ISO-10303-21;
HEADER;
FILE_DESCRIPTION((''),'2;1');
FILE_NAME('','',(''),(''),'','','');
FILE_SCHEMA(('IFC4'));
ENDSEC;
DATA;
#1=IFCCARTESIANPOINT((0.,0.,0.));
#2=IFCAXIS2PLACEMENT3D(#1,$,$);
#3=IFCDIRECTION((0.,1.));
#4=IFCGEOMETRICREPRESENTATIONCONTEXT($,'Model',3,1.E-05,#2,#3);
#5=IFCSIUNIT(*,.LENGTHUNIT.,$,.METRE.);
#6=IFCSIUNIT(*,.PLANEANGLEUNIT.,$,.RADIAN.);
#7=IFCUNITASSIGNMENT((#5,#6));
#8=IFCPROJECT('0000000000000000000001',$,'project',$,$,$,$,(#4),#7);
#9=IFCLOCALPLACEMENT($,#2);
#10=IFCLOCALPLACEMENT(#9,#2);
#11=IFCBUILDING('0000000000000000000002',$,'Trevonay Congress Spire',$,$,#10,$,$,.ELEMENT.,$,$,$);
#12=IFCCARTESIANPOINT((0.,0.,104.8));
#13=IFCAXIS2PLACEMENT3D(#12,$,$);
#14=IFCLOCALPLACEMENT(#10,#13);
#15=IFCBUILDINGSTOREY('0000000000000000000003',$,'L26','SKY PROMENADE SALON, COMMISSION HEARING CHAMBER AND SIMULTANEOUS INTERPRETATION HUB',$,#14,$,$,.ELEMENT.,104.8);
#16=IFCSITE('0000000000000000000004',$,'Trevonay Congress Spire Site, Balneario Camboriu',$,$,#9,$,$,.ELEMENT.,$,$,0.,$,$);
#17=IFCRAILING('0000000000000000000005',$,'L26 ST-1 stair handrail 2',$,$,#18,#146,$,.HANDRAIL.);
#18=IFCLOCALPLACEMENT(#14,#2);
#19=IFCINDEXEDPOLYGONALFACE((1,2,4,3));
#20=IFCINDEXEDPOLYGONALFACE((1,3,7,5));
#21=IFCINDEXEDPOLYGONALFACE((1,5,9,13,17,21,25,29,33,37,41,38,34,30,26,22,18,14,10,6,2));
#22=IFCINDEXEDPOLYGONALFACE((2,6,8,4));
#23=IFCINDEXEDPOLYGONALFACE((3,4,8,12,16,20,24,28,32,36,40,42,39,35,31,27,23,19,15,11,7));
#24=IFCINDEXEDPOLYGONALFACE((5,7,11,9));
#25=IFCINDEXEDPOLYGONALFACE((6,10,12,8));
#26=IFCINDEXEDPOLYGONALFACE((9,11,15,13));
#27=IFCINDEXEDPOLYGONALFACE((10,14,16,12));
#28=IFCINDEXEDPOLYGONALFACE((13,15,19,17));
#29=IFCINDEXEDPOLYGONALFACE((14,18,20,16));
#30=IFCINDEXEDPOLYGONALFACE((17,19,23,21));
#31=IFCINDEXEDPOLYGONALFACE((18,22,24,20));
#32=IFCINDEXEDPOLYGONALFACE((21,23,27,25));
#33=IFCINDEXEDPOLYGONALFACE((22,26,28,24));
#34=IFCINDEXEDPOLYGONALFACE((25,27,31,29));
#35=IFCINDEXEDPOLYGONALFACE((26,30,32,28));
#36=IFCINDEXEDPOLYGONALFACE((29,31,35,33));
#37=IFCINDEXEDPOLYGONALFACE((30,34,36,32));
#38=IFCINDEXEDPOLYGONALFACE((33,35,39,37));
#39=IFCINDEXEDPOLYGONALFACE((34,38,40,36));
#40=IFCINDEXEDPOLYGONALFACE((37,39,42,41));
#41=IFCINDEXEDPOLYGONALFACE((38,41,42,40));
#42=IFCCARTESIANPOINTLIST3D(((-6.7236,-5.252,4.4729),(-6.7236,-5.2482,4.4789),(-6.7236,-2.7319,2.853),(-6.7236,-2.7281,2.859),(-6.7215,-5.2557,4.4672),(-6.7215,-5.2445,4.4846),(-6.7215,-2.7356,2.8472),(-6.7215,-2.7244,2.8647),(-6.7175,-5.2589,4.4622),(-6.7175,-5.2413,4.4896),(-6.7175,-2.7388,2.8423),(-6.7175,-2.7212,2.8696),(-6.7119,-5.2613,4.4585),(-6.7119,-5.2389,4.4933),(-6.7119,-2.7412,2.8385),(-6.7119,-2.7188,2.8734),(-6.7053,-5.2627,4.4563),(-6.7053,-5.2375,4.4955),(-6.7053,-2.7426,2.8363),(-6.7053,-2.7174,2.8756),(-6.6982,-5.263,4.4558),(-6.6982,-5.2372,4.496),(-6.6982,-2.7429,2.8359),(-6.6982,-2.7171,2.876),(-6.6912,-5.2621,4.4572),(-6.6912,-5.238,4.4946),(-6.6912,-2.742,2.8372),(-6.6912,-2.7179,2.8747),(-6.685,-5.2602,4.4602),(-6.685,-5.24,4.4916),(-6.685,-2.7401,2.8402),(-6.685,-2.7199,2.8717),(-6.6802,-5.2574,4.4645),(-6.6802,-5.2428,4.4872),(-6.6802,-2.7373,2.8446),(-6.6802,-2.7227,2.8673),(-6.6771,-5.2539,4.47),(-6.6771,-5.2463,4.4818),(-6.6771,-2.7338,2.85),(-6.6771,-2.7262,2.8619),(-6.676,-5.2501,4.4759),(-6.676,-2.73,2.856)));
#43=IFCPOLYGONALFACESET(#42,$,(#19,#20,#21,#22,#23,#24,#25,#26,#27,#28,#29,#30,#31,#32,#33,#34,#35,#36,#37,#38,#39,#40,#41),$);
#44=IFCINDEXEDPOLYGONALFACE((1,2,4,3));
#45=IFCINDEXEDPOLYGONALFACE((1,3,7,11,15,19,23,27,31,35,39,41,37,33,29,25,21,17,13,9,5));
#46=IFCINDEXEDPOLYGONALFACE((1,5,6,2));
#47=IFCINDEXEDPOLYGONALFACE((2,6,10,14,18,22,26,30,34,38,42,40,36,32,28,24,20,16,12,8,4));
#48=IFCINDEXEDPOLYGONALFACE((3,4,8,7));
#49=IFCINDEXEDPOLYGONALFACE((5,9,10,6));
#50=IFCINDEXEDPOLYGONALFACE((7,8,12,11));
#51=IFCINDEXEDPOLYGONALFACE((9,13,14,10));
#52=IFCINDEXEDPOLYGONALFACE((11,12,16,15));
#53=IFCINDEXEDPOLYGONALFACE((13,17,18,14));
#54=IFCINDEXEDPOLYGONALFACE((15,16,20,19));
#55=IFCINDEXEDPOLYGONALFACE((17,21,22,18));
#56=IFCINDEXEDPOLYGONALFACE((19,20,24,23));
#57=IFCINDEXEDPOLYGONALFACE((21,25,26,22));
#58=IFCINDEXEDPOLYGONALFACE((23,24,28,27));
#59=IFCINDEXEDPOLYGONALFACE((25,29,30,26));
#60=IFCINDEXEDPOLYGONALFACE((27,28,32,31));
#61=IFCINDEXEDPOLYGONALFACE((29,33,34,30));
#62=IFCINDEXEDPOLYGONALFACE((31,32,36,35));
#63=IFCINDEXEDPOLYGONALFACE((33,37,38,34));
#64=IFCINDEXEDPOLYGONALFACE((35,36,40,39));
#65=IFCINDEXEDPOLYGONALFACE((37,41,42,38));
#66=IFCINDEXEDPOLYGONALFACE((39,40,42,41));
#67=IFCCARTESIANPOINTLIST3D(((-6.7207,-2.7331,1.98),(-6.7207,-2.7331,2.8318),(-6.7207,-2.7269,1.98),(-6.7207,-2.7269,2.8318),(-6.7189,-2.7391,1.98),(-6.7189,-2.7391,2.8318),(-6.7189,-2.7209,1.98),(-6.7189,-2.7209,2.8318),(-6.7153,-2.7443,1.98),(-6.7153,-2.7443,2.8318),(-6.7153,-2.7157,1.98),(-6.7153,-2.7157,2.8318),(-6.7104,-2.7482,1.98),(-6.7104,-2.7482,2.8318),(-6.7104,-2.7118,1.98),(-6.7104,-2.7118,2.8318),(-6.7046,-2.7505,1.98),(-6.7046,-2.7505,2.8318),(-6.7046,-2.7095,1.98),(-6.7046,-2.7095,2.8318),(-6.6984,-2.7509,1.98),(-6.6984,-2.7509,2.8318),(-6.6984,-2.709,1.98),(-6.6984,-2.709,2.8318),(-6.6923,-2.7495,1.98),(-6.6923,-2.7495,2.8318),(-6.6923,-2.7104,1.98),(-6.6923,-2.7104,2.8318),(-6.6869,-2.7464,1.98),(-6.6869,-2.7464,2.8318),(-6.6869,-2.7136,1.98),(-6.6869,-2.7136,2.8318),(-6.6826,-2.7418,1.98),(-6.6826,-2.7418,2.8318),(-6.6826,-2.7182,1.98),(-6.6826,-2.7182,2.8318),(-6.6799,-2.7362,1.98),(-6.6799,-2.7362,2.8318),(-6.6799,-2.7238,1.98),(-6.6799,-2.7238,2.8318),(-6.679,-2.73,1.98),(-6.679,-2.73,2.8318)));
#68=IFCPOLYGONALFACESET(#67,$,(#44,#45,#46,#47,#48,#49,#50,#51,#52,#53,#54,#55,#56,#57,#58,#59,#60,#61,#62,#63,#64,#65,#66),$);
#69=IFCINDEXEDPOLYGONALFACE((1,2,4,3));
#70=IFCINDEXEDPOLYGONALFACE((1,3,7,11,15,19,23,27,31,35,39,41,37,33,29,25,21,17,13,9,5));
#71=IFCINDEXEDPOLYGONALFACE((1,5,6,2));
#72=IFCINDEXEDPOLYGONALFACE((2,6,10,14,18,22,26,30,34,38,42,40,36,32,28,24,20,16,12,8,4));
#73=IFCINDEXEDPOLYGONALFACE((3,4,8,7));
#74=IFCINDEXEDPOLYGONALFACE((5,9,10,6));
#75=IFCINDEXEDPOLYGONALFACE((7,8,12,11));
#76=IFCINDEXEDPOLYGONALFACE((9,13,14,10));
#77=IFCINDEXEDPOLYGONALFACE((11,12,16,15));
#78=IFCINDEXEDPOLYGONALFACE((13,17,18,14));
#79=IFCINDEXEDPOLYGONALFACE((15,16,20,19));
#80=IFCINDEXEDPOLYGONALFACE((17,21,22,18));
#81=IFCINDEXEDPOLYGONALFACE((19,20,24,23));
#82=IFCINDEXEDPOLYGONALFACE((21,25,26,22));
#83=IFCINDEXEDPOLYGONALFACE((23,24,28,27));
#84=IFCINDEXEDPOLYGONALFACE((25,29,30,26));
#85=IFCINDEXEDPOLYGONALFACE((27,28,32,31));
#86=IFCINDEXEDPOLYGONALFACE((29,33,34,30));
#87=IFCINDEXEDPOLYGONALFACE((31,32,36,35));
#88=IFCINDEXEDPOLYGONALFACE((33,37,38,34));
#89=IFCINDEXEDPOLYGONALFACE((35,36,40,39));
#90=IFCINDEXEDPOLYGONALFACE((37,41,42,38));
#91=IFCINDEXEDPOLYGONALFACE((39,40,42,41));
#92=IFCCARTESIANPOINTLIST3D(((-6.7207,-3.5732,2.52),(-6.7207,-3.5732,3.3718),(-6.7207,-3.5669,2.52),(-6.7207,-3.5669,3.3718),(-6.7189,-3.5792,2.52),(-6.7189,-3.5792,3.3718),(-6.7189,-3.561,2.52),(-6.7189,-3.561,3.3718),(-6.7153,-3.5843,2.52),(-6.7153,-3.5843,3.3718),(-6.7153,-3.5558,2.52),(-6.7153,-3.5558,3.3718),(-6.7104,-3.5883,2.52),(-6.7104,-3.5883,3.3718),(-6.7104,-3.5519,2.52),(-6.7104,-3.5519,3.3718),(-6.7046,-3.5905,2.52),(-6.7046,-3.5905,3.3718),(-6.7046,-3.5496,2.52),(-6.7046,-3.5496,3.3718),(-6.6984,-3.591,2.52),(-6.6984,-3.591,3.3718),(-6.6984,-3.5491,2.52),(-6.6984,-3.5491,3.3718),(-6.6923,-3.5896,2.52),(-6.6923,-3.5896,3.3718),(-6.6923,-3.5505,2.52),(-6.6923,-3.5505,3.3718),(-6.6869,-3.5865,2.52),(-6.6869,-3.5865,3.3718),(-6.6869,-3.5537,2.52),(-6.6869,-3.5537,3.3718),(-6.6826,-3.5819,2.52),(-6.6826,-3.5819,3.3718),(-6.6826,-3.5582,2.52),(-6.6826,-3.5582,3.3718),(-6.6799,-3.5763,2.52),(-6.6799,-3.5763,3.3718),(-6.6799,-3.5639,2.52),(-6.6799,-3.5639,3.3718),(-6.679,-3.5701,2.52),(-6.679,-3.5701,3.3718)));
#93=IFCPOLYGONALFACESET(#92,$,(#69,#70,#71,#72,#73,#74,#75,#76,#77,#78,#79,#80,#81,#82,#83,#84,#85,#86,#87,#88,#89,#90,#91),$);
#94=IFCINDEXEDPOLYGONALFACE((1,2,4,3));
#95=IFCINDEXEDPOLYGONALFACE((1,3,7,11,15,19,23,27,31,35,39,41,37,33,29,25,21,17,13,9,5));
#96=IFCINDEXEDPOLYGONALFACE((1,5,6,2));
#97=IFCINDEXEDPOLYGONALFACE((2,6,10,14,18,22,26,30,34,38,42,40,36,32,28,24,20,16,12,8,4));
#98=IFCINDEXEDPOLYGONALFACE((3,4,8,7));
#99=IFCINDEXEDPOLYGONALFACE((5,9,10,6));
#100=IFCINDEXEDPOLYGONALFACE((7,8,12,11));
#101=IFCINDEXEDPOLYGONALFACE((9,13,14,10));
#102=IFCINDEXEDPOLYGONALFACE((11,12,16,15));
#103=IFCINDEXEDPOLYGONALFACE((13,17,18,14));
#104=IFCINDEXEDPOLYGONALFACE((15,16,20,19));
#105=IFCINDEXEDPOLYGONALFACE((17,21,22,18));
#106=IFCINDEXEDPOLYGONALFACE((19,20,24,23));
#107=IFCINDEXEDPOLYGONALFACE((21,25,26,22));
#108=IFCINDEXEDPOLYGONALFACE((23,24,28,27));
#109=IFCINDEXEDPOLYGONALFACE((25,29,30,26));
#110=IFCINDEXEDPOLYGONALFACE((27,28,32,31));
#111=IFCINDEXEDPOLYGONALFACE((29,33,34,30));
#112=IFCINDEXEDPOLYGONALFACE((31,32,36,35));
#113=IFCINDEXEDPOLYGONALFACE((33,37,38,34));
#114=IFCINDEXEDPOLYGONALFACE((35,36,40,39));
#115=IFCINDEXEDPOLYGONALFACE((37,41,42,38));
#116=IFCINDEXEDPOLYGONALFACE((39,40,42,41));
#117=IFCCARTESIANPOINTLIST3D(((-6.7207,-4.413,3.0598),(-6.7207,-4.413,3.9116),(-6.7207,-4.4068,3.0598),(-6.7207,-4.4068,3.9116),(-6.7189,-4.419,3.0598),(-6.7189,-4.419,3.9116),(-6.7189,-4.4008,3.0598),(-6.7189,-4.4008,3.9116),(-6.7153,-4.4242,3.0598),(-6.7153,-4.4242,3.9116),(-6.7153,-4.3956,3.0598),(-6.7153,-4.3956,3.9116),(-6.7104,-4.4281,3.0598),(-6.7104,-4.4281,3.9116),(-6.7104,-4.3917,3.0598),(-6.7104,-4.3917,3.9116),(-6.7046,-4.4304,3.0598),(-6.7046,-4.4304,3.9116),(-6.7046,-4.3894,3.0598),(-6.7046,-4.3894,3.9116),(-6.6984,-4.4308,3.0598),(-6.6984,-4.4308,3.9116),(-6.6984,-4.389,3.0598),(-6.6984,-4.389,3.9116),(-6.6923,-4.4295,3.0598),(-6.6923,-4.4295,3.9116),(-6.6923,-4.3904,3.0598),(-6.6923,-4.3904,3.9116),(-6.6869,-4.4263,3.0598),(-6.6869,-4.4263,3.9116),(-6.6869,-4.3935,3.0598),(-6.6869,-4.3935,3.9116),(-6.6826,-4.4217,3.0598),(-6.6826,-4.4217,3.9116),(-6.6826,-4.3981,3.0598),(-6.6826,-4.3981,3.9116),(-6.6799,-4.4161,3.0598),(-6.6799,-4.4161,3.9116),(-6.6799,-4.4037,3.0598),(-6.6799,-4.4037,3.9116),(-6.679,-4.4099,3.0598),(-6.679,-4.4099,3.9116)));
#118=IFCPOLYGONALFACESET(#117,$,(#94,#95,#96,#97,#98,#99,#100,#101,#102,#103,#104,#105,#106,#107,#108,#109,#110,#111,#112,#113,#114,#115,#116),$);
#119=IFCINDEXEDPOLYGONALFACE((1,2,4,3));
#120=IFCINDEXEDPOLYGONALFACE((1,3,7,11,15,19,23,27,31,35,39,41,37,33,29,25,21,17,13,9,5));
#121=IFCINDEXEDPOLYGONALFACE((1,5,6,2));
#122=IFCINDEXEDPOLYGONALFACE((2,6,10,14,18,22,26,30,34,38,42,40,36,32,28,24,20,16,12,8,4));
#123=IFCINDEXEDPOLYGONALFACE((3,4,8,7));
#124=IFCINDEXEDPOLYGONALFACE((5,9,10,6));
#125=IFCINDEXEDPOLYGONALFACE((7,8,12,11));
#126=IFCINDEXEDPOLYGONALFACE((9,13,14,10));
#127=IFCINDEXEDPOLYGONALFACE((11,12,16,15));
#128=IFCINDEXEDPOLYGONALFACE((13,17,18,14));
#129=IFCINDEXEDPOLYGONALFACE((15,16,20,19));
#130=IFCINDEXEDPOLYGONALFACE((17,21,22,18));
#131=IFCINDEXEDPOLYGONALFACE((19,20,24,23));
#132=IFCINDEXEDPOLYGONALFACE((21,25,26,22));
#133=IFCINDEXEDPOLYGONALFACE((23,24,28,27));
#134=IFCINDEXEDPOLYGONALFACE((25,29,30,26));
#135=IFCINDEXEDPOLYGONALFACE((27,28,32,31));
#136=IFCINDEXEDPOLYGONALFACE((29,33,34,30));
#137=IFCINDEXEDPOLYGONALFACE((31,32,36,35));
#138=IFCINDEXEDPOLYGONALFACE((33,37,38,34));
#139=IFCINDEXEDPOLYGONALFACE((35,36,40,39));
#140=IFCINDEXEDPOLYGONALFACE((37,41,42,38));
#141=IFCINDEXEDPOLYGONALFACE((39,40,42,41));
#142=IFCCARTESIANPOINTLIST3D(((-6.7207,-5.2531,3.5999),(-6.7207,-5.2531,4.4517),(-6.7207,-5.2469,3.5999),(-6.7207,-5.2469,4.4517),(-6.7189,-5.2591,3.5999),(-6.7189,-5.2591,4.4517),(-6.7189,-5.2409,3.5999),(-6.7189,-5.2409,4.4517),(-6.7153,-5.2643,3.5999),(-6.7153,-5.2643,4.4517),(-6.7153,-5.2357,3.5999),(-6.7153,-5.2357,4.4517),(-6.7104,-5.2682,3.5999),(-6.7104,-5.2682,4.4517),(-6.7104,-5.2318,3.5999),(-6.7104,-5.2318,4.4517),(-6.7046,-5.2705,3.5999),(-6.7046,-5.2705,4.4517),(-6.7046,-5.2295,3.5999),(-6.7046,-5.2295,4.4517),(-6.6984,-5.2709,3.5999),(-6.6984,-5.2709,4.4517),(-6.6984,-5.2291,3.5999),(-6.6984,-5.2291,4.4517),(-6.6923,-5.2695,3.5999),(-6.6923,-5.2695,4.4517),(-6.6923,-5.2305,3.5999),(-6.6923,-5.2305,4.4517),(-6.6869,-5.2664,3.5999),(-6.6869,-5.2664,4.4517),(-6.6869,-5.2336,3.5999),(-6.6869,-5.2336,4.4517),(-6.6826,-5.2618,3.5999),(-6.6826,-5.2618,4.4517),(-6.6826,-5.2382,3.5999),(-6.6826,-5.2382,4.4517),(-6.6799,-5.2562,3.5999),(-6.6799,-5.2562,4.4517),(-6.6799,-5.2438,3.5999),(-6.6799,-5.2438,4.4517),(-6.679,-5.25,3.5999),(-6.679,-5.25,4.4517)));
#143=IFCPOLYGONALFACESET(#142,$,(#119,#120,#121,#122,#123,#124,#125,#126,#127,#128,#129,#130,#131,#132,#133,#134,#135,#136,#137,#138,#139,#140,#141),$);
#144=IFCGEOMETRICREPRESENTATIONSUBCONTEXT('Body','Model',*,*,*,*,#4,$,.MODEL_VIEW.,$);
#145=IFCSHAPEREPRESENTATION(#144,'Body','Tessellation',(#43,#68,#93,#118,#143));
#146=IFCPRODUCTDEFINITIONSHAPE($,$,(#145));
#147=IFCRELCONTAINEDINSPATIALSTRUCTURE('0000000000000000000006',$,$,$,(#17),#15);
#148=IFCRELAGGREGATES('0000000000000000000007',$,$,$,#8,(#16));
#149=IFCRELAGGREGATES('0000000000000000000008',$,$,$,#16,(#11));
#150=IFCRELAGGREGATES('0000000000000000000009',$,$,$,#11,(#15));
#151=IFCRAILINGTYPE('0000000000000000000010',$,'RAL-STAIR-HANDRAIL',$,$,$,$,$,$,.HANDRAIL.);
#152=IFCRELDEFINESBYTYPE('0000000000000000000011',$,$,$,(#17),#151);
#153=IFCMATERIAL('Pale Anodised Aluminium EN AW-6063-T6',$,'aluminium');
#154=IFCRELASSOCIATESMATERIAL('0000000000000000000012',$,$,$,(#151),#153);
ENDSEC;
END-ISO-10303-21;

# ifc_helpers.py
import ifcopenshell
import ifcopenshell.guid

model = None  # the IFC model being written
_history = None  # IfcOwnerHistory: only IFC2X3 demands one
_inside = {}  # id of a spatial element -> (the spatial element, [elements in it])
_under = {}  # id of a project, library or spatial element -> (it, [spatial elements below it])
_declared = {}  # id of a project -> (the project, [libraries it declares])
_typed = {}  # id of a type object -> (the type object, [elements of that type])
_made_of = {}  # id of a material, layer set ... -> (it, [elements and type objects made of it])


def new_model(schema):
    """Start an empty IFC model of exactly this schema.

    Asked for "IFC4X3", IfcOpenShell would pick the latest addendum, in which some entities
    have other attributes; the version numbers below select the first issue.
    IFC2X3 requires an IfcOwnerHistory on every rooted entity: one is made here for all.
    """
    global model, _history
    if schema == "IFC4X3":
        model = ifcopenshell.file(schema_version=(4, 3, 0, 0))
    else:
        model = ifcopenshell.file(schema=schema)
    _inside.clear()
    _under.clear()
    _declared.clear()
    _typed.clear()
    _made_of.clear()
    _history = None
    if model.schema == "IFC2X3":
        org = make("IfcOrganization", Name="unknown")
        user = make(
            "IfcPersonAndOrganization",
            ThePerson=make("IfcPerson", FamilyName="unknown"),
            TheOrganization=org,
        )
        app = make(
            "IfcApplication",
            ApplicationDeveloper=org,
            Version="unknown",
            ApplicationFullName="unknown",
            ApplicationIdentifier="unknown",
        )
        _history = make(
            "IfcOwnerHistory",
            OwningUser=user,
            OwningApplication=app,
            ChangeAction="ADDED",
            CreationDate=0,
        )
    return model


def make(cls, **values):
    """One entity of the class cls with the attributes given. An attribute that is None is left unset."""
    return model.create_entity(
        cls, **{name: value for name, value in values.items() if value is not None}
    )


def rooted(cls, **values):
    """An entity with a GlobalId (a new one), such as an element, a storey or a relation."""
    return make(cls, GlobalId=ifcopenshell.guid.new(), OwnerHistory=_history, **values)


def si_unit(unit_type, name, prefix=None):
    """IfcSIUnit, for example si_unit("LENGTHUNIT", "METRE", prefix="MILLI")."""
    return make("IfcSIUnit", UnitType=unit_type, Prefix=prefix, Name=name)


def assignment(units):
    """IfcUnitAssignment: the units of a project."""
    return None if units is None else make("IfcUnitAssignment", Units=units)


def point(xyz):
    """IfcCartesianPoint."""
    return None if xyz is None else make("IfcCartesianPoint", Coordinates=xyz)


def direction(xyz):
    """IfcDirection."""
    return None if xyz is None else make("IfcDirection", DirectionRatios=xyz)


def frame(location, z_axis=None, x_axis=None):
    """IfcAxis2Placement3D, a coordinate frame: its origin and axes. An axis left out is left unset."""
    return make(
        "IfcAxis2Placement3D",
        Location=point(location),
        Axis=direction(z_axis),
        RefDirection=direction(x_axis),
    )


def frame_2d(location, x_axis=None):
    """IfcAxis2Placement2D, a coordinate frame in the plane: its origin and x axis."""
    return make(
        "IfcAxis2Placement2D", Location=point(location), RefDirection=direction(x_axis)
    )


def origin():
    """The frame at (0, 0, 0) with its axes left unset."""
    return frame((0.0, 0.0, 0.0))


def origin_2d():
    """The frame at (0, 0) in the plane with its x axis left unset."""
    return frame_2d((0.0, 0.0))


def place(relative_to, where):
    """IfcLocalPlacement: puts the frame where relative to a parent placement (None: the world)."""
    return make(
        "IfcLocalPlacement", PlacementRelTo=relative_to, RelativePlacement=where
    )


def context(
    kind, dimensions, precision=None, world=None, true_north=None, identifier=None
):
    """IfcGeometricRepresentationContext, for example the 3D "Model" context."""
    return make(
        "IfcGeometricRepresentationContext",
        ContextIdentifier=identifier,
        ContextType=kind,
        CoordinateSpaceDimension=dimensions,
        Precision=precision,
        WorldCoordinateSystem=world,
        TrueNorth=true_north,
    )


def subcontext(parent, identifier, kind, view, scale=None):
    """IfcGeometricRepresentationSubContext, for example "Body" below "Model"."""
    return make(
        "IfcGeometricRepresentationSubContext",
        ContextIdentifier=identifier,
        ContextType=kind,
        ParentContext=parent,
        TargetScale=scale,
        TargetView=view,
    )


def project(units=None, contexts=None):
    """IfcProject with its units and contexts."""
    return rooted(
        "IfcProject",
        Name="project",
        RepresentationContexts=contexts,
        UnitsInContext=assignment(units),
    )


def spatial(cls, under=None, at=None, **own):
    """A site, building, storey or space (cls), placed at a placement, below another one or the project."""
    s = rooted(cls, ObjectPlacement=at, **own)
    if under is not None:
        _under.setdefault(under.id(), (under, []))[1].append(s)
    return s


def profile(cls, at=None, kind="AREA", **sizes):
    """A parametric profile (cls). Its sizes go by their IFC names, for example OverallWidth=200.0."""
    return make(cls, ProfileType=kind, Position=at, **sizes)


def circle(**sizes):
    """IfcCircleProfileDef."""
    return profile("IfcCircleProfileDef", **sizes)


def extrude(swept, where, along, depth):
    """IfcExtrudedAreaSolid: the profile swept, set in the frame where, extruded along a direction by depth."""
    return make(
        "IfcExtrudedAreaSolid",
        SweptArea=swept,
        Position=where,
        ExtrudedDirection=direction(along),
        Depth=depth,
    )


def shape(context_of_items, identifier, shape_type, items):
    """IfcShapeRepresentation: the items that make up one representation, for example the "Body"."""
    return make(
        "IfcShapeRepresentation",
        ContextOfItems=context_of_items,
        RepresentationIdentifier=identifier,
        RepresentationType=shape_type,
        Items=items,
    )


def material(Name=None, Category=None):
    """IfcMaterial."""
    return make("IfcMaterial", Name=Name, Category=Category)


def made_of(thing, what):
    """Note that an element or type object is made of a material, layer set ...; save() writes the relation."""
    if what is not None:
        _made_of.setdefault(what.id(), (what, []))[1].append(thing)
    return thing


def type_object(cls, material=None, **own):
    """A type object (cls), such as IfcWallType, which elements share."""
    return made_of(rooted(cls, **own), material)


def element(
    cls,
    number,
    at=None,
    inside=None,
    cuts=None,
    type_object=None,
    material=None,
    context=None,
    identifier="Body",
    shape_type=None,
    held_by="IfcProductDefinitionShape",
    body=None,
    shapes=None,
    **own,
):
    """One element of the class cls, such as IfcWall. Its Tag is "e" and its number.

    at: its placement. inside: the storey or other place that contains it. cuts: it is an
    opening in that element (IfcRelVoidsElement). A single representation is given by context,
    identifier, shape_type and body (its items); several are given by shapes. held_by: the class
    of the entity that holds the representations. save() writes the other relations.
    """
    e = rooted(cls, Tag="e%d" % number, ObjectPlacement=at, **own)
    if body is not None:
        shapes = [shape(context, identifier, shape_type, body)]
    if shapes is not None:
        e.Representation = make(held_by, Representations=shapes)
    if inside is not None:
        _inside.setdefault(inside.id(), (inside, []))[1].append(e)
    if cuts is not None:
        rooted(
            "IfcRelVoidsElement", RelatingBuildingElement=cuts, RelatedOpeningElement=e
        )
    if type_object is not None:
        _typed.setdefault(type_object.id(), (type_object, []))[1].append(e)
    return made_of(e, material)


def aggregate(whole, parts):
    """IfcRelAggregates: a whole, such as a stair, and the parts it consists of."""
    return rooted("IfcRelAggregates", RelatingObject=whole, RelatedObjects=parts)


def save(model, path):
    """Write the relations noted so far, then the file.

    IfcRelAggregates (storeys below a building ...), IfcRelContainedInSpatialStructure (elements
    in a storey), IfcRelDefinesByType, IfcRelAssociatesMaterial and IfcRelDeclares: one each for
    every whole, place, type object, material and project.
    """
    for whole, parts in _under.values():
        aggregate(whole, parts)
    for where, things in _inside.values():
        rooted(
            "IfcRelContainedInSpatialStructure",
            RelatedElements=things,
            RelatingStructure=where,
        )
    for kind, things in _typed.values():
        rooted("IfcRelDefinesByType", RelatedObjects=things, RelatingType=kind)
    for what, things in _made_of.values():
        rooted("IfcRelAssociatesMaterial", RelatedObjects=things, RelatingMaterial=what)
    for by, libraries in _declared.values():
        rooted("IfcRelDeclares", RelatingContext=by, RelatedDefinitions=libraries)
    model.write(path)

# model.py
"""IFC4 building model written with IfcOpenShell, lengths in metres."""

from ifc_helpers import new_model, si_unit, direction, frame, origin, origin_2d, place, context, subcontext, project, spatial, circle, extrude, material, type_object, element, save


model = new_model("IFC4")

# Units and contexts
model_context = context("Model", 3, precision=1e-05, world=origin(), true_north=direction((0.0, 1.0)))
body_context = subcontext(model_context, "Body", "Model", "MODEL_VIEW")
ifc_project = project(units=[si_unit("LENGTHUNIT", "METRE"), si_unit("PLANEANGLEUNIT", "RADIAN")], contexts=[model_context])

# Site, building, storey
site_placement = place(None, origin())
site = spatial("IfcSite", under=ifc_project, at=site_placement, Name="Trevonay Congress Spire Site, Balneario Camboriu", CompositionType="ELEMENT", RefElevation=0.0)
building_placement = place(site_placement, origin())
building = spatial("IfcBuilding", under=site, at=building_placement, Name="Trevonay Congress Spire", CompositionType="ELEMENT")
storey_placement = place(building_placement, frame((0.0, 0.0, 104.8)))
storey = spatial("IfcBuildingStorey", under=building, at=storey_placement, Name="L26", Description="SKY PROMENADE SALON, COMMISSION HEARING CHAMBER AND SIMULTANEOUS INTERPRETATION HUB", CompositionType="ELEMENT", Elevation=104.8)

# Railing
ifc_material_1 = material(Name="Pale Anodised Aluminium EN AW-6063-T6", Category="aluminium")
railing_type_1 = type_object("IfcRailingType", Name="RAL-STAIR-HANDRAIL", PredefinedType="HANDRAIL", material=ifc_material_1)
railing_1_placement = place(storey_placement, frame((-6.7, -2.73, 1.98)))
element("IfcRailing", 1, at=railing_1_placement, inside=storey, type_object=railing_type_1, Name="L26 ST-1 stair handrail 2", PredefinedType="HANDRAIL", context=body_context, shape_type="SweptSolid", body=[
    extrude(circle(Radius=0.0239, at=origin_2d()), frame((0.0, 0.0, 0.876), z_axis=(0.0, -0.8412, 0.540725), x_axis=(1.0, 0.0, 0.0)), (0.0, 0.0, 1.0), 2.9958),
    extrude(circle(Radius=0.021, at=origin_2d()), origin(), (0.0, 0.0, 1.0), 0.8518),
    extrude(circle(Radius=0.021, at=origin_2d()), frame((0.0, -0.8401, 0.54)), (0.0, 0.0, 1.0), 0.8518),
    extrude(circle(Radius=0.021, at=origin_2d()), frame((0.0, -1.6799, 1.0798)), (0.0, 0.0, 1.0), 0.8518),
    extrude(circle(Radius=0.021, at=origin_2d()), frame((0.0, -2.52, 1.6199)), (0.0, 0.0, 1.0), 0.8518),
])

save(model, "model.ifc")
